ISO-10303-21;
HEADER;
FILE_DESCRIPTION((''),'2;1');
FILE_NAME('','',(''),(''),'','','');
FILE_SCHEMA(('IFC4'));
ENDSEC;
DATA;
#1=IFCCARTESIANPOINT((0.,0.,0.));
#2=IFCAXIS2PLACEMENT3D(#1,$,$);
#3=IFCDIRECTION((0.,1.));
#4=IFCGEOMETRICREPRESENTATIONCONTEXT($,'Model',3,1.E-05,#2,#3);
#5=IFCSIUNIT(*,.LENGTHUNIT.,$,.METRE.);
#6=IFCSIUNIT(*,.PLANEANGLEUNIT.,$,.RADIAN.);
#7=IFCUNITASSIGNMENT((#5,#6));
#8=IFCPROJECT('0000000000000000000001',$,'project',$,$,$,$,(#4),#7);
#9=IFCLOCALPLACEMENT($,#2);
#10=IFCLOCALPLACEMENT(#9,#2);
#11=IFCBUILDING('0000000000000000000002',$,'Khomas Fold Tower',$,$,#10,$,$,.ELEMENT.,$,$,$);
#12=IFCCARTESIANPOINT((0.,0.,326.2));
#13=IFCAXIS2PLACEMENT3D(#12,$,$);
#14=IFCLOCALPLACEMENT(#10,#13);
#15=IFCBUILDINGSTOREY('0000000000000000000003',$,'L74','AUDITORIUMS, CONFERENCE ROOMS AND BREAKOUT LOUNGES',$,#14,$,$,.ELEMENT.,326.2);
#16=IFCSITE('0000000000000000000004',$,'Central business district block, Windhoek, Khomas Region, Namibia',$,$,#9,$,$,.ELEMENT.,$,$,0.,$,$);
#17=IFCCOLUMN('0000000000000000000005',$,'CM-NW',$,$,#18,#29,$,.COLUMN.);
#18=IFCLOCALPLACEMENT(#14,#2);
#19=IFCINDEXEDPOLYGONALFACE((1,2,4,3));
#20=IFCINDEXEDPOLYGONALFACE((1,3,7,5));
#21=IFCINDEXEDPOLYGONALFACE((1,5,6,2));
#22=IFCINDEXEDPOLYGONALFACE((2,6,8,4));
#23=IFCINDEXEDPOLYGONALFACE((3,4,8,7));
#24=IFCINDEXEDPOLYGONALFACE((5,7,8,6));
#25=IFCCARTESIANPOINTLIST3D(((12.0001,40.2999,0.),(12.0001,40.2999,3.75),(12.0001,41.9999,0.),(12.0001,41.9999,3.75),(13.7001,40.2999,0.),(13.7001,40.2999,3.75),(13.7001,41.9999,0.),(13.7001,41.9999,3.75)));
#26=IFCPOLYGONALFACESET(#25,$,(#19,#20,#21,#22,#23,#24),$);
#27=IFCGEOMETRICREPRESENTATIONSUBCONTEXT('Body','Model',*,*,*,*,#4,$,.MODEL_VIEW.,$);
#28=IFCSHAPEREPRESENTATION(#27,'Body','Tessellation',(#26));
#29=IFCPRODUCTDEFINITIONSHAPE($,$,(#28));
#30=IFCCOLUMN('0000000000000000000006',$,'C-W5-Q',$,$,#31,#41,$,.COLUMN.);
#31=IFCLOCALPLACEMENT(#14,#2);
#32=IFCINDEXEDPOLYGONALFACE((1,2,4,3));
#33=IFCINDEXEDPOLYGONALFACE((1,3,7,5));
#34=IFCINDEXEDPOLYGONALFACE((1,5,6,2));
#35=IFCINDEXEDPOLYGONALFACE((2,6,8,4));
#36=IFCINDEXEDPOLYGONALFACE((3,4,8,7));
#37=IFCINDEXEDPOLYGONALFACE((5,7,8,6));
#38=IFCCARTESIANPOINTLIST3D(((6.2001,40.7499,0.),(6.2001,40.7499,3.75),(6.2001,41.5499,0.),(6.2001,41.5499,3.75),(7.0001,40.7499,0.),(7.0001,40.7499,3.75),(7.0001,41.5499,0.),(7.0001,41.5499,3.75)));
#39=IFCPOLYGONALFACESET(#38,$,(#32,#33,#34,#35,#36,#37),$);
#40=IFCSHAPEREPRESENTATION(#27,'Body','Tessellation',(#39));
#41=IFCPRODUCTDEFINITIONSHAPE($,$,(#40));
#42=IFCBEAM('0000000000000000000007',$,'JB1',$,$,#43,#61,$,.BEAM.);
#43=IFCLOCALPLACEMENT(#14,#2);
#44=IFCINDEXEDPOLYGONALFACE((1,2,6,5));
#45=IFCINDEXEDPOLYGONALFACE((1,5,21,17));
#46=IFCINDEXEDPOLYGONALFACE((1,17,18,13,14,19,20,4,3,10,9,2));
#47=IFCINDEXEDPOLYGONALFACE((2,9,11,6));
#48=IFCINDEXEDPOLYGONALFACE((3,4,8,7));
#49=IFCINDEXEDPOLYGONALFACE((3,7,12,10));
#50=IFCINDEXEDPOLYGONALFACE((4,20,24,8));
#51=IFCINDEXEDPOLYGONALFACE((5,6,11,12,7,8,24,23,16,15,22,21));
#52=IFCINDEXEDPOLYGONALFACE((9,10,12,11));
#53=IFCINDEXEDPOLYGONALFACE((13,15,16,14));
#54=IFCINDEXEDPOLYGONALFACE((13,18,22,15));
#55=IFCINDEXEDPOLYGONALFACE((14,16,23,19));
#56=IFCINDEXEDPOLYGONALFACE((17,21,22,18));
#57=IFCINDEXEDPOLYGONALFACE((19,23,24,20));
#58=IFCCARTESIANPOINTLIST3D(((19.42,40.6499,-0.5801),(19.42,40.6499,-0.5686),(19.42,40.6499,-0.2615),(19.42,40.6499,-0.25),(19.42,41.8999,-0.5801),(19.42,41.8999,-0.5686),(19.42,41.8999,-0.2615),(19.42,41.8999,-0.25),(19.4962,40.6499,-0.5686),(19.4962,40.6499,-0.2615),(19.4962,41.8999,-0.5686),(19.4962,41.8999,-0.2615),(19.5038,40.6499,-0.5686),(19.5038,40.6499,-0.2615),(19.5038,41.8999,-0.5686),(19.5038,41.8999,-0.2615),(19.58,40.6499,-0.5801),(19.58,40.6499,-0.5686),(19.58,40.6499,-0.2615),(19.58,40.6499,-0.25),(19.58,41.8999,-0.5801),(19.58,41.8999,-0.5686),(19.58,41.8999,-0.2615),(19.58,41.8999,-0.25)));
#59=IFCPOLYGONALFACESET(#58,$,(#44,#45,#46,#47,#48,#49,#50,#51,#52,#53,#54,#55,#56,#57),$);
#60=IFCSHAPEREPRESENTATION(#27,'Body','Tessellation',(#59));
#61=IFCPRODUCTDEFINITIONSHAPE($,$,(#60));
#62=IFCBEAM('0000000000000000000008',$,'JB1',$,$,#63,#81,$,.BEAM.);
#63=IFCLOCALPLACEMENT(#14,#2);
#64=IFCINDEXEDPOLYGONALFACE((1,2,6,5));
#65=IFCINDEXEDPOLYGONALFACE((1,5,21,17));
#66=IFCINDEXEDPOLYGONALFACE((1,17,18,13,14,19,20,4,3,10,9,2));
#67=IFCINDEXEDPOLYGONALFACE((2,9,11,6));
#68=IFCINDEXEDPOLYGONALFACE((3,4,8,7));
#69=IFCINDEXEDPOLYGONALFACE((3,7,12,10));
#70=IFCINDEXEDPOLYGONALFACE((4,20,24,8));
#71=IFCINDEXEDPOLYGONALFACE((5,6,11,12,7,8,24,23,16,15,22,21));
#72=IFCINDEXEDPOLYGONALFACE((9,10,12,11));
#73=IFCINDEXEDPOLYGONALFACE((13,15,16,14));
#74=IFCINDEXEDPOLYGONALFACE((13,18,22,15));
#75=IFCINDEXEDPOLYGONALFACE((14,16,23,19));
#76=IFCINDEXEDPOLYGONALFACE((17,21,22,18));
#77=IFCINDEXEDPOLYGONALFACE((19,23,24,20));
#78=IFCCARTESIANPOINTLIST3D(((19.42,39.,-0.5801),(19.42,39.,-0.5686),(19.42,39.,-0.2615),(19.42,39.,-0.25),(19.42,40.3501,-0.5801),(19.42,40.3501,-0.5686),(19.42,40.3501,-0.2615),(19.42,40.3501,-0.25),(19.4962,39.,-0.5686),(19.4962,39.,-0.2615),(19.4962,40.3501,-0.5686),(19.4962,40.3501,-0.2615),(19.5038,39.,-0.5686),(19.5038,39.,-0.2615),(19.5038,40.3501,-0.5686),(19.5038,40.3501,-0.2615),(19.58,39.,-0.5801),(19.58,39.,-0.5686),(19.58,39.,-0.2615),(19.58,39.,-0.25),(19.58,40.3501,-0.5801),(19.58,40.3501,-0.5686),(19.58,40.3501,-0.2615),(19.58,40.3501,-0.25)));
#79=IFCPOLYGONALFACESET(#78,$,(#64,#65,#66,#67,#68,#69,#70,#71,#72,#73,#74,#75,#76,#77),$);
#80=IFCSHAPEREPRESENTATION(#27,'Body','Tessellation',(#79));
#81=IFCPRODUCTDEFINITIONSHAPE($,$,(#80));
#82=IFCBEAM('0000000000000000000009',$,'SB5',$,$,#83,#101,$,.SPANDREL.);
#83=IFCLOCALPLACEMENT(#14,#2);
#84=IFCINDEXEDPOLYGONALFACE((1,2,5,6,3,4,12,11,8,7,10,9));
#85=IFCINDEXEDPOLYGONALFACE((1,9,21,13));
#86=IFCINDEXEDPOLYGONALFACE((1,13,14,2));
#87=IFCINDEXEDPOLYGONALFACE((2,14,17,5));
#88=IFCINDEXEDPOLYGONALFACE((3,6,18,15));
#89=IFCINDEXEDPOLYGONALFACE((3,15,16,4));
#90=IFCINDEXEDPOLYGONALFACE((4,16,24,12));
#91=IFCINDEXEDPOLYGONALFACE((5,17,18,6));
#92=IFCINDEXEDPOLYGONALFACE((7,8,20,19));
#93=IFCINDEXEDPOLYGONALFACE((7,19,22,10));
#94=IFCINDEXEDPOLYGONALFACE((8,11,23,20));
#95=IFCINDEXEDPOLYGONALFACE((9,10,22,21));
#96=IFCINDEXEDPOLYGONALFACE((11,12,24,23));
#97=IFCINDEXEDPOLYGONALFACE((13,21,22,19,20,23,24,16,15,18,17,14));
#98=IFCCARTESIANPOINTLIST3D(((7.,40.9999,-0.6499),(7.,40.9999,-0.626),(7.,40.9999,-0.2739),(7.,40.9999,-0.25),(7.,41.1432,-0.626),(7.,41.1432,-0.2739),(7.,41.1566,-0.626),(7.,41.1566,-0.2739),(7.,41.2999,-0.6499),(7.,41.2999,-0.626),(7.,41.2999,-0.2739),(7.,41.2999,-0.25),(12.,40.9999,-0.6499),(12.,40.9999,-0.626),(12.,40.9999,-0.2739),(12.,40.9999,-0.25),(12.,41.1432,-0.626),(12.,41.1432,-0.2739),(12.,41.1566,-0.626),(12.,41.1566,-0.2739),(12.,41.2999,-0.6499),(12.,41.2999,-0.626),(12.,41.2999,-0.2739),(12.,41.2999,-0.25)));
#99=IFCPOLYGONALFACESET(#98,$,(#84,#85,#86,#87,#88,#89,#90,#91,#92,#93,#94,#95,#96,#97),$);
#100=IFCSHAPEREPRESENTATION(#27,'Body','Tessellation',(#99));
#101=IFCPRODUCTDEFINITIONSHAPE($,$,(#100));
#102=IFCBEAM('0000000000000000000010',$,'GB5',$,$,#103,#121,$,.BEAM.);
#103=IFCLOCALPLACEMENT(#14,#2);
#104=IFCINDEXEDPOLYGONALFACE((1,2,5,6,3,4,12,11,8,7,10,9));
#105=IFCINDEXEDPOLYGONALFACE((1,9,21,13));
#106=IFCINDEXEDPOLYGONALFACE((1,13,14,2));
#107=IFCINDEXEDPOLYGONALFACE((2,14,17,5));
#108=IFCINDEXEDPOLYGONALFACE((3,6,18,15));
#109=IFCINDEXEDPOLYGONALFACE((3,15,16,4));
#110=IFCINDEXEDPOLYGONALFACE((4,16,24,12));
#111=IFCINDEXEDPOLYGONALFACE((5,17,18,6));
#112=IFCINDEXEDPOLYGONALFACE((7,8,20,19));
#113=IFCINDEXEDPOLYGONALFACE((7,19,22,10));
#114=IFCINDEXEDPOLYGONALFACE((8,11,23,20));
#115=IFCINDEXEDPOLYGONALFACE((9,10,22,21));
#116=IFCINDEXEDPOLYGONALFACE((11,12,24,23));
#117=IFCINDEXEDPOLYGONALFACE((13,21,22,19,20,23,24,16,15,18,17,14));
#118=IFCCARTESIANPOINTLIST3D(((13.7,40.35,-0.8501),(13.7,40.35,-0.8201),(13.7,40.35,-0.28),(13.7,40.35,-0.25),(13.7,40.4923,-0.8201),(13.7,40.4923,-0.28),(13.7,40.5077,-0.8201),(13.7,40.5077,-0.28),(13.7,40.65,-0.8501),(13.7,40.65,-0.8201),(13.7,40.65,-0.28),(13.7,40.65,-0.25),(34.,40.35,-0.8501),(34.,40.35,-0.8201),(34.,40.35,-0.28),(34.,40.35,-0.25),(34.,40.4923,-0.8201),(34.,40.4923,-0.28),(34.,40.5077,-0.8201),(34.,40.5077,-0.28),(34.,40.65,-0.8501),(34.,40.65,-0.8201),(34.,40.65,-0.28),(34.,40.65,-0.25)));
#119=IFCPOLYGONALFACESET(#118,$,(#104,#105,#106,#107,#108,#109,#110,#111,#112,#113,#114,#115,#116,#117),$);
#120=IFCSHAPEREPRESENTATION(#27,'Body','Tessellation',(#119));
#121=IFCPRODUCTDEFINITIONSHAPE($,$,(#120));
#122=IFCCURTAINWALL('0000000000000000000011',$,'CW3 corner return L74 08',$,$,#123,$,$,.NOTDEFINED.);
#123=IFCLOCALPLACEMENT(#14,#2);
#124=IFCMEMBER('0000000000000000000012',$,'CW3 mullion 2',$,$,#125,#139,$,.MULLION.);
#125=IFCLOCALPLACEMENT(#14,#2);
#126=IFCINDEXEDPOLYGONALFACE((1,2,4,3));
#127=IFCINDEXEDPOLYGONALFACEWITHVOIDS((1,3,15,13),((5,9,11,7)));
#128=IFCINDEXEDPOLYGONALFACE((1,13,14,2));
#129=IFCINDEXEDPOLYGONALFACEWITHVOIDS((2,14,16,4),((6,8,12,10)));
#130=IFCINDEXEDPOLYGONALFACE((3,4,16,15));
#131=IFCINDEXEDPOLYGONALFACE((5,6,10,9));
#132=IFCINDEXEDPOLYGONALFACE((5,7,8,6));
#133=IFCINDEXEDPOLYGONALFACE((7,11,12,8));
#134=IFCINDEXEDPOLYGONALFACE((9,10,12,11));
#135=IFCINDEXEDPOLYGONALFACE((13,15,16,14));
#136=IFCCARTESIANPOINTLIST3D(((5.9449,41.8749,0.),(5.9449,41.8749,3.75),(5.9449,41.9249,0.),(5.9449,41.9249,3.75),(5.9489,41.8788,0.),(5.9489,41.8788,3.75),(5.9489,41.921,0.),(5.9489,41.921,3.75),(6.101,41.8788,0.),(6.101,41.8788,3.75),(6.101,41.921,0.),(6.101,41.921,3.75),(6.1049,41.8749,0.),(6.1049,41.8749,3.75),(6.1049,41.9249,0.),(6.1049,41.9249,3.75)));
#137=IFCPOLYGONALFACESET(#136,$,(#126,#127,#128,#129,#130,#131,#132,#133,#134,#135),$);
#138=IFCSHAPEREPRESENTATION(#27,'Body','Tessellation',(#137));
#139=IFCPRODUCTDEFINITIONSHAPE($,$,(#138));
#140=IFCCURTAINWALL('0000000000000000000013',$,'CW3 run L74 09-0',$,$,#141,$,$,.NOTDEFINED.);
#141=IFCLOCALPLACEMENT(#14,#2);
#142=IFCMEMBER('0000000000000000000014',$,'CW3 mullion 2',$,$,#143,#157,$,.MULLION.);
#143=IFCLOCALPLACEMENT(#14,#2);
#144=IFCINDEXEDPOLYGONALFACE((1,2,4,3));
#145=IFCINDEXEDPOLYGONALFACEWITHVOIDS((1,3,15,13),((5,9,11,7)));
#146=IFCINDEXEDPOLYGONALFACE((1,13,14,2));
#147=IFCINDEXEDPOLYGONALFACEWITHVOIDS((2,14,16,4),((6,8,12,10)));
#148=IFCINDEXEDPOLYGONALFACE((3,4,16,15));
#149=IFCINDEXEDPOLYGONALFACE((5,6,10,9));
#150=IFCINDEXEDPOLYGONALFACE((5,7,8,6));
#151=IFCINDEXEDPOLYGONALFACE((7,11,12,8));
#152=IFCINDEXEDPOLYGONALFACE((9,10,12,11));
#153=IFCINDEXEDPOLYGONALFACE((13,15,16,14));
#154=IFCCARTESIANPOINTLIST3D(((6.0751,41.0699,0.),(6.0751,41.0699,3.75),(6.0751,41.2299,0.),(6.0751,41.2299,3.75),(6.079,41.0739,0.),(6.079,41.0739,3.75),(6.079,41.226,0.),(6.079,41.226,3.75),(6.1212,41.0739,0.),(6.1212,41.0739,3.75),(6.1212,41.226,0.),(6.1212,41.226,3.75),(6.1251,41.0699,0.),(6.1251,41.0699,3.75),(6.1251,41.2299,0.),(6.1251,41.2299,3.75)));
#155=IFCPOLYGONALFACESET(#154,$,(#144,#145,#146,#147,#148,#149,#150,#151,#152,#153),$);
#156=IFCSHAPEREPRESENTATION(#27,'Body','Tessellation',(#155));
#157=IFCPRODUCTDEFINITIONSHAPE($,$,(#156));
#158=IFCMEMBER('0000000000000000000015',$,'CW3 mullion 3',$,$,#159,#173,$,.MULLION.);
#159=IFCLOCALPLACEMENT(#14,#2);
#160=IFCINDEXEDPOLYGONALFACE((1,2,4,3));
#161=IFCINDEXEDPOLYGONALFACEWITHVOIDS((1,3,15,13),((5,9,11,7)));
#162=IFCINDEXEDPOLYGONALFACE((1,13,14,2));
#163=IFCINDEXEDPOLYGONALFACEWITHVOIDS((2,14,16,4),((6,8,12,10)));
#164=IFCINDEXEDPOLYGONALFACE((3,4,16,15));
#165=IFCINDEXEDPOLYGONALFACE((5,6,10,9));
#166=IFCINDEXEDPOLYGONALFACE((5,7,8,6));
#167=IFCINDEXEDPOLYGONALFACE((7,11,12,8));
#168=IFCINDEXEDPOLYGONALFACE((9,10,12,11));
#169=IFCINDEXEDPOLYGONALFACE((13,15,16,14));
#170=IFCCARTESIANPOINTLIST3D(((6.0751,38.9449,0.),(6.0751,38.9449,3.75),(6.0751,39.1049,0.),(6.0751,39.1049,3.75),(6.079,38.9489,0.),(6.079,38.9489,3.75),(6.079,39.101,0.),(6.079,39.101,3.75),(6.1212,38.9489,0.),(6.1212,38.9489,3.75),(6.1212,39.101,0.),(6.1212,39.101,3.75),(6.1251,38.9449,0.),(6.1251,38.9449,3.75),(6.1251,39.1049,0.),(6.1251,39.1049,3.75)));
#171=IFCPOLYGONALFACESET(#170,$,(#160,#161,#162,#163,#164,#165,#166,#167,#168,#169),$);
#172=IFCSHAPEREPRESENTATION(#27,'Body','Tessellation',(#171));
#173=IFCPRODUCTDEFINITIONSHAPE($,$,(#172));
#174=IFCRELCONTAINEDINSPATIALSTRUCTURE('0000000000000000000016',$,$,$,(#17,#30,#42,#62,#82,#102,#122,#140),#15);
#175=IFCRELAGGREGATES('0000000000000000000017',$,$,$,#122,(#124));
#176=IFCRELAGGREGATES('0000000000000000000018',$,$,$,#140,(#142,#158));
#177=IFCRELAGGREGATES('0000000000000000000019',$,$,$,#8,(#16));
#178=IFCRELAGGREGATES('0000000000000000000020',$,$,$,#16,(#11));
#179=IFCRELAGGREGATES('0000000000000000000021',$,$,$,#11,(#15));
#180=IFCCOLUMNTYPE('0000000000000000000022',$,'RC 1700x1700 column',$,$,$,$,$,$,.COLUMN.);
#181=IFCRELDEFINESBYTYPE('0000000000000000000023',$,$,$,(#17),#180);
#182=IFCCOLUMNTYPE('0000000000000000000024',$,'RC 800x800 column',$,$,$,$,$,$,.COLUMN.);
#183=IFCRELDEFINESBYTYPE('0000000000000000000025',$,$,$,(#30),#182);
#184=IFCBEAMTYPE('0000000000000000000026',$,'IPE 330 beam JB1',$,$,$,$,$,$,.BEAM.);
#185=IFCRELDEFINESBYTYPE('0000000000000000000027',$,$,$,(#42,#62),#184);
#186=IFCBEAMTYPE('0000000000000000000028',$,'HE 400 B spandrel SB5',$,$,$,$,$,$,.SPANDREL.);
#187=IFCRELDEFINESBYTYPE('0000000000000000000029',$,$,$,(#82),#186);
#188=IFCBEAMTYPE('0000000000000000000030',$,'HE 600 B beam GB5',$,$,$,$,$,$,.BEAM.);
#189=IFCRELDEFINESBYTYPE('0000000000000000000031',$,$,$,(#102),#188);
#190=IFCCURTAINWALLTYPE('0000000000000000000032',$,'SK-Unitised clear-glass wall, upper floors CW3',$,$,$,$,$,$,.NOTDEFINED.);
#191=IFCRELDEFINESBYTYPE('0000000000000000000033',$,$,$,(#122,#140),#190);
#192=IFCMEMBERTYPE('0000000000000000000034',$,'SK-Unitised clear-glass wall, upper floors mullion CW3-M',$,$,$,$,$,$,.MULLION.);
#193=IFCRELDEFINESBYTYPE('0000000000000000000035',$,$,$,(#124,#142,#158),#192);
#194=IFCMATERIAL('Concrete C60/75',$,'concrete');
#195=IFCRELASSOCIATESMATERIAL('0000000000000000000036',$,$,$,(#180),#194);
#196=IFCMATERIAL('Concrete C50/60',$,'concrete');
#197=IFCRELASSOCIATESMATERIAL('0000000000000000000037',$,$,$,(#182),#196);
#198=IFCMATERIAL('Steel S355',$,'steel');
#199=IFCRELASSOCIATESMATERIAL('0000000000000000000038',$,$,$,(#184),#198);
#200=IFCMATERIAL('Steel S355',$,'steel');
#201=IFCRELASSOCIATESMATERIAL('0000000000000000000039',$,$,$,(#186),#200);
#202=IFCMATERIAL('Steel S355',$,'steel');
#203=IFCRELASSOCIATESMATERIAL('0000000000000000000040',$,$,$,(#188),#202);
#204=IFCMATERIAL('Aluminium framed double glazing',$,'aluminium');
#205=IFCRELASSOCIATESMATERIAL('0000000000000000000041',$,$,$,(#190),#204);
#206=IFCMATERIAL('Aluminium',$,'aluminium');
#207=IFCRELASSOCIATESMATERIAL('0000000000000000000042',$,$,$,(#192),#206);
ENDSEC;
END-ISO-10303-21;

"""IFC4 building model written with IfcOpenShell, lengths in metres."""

from ifc_helpers import new_model, si_unit, direction, frame, origin, origin_2d, place, context, subcontext, project, spatial, rectangle, hollow_rectangle, i_section, extrude, source, transform, mapped, material, material_profile, profile_set, type_object, element, aggregate, save


model = new_model("IFC4")

# Units and contexts
model_context = context("Model", 3, precision=1e-05, world=origin(), true_north=direction((0.0, 1.0)))
body_context = subcontext(model_context, "Body", "Model", "MODEL_VIEW")
ifc_project = project(units=[si_unit("LENGTHUNIT", "METRE"), si_unit("PLANEANGLEUNIT", "RADIAN")], contexts=[model_context])

# Site, building, storey
site_placement = place(None, origin())
site = spatial("IfcSite", under=ifc_project, at=site_placement, Name="Central business district block, Windhoek, Khomas Region, Namibia", CompositionType="ELEMENT", RefElevation=0.0)
building_placement = place(site_placement, origin())
building = spatial("IfcBuilding", under=site, at=building_placement, Name="Khomas Fold Tower", CompositionType="ELEMENT")
storey_placement = place(building_placement, frame((0.0, 0.0, 326.2)))
storey = spatial("IfcBuildingStorey", under=building, at=storey_placement, Name="L74", Description="AUDITORIUMS, CONFERENCE ROOMS AND BREAKOUT LOUNGES", CompositionType="ELEMENT", Elevation=326.2)

# Columns
ifc_material_1 = material(Name="Concrete C60/75", Category="concrete")
ifc_material_profile_1 = material_profile(ifc_material_1, rectangle(XDim=1.7, YDim=1.7, at=origin_2d()), Name="RC 1700x1700")
ifc_profile_set_1 = profile_set([ifc_material_profile_1], Name="Concrete C60/75")
column_type_1 = type_object("IfcColumnType", Name="RC 1700x1700 column", PredefinedType="COLUMN", material=ifc_profile_set_1)
shared_shape_1 = source(origin(), body_context, "Body", "SweptSolid", [
    extrude(rectangle(XDim=1.7, YDim=1.7, at=origin_2d()), origin(), (0.0, 0.0, 1.0), 3.75),
])
column_1_placement = place(storey_placement, frame((12.8501, 41.1499, 0.0), z_axis=(0.0, 0.0, 1.0), x_axis=(1.0, 0.0, 0.0)))
element("IfcColumn", 1, at=column_1_placement, inside=storey, type_object=column_type_1, Name="CM-NW", PredefinedType="COLUMN", context=body_context, shape_type="MappedRepresentation", body=[
    mapped(shared_shape_1, transform((0.0, 0.0, 0.0))),
])
ifc_material_2 = material(Name="Concrete C50/60", Category="concrete")
ifc_material_profile_2 = material_profile(ifc_material_2, rectangle(XDim=0.8, YDim=0.8, at=origin_2d()), Name="RC 800x800")
ifc_profile_set_2 = profile_set([ifc_material_profile_2], Name="Concrete C50/60")
column_type_2 = type_object("IfcColumnType", Name="RC 800x800 column", PredefinedType="COLUMN", material=ifc_profile_set_2)
shared_shape_2 = source(origin(), body_context, "Body", "SweptSolid", [
    extrude(rectangle(XDim=0.8, YDim=0.8, at=origin_2d()), origin(), (0.0, 0.0, 1.0), 3.75),
])
column_2_placement = place(storey_placement, frame((6.6001, 41.1499, 0.0), z_axis=(0.0, 0.0, 1.0), x_axis=(1.0, 0.0, 0.0)))
element("IfcColumn", 2, at=column_2_placement, inside=storey, type_object=column_type_2, Name="C-W5-Q", PredefinedType="COLUMN", context=body_context, shape_type="MappedRepresentation", body=[
    mapped(shared_shape_2, transform((0.0, 0.0, 0.0))),
])

# Beams
ifc_material_3 = material(Name="Steel S355", Category="steel")
ifc_material_profile_3 = material_profile(ifc_material_3, i_section(OverallWidth=0.1599, OverallDepth=0.3301, WebThickness=0.0076, FlangeThickness=0.0115, at=origin_2d()), Name="IPE 330")
ifc_profile_set_3 = profile_set([ifc_material_profile_3], Name="Steel S355")
beam_type_1 = type_object("IfcBeamType", Name="IPE 330 beam JB1", PredefinedType="BEAM", material=ifc_profile_set_3)
shared_shape_3 = source(origin(), body_context, "Body", "SweptSolid", [
    extrude(i_section(OverallWidth=0.1599, OverallDepth=0.3301, WebThickness=0.0076, FlangeThickness=0.0115, at=origin_2d()), origin(), (0.0, 0.0, 1.0), 1.25),
])
beam_1_placement = place(storey_placement, frame((19.5, 40.6499, -0.415), z_axis=(0.0, 1.0, 0.0), x_axis=(-1.0, 0.0, 0.0)))
element("IfcBeam", 3, at=beam_1_placement, inside=storey, type_object=beam_type_1, Name="JB1", PredefinedType="BEAM", context=body_context, shape_type="MappedRepresentation", body=[
    mapped(shared_shape_3, transform((0.0, 0.0, 0.0))),
])
shared_shape_4 = source(origin(), body_context, "Body", "SweptSolid", [
    extrude(i_section(OverallWidth=0.1599, OverallDepth=0.3301, WebThickness=0.0076, FlangeThickness=0.0115, at=origin_2d()), origin(), (0.0, 0.0, 1.0), 1.3501),
])
beam_2_placement = place(storey_placement, frame((19.5, 39.0, -0.415), z_axis=(0.0, 1.0, 0.0), x_axis=(-1.0, 0.0, 0.0)))
element("IfcBeam", 4, at=beam_2_placement, inside=storey, type_object=beam_type_1, Name="JB1", PredefinedType="BEAM", context=body_context, shape_type="MappedRepresentation", body=[
    mapped(shared_shape_4, transform((0.0, 0.0, 0.0))),
])
ifc_material_4 = material(Name="Steel S355", Category="steel")
ifc_material_profile_4 = material_profile(ifc_material_4, i_section(OverallWidth=0.3, OverallDepth=0.3999, WebThickness=0.0134, FlangeThickness=0.0239, at=origin_2d()), Name="HE 400 B")
ifc_profile_set_4 = profile_set([ifc_material_profile_4], Name="Steel S355")
beam_type_2 = type_object("IfcBeamType", Name="HE 400 B spandrel SB5", PredefinedType="SPANDREL", material=ifc_profile_set_4)
shared_shape_5 = source(origin(), body_context, "Body", "SweptSolid", [
    extrude(i_section(OverallWidth=0.3, OverallDepth=0.3999, WebThickness=0.0134, FlangeThickness=0.0239, at=origin_2d()), origin(), (0.0, 0.0, 1.0), 5.0),
])
beam_3_placement = place(storey_placement, frame((7.0, 41.1499, -0.45), z_axis=(1.0, 0.0, 0.0), x_axis=(0.0, 1.0, 0.0)))
element("IfcBeam", 5, at=beam_3_placement, inside=storey, type_object=beam_type_2, Name="SB5", PredefinedType="SPANDREL", context=body_context, shape_type="MappedRepresentation", body=[
    mapped(shared_shape_5, transform((0.0, 0.0, 0.0))),
])
ifc_material_5 = material(Name="Steel S355", Category="steel")
ifc_material_profile_5 = material_profile(ifc_material_5, i_section(OverallWidth=0.3, OverallDepth=0.6001, WebThickness=0.0154, FlangeThickness=0.03, at=origin_2d()), Name="HE 600 B")
ifc_profile_set_5 = profile_set([ifc_material_profile_5], Name="Steel S355")
beam_type_3 = type_object("IfcBeamType", Name="HE 600 B beam GB5", PredefinedType="BEAM", material=ifc_profile_set_5)
shared_shape_6 = source(origin(), body_context, "Body", "SweptSolid", [
    extrude(i_section(OverallWidth=0.3, OverallDepth=0.6001, WebThickness=0.0154, FlangeThickness=0.03, at=origin_2d()), origin(), (0.0, 0.0, 1.0), 20.3),
])
beam_4_placement = place(storey_placement, frame((13.7, 40.5, -0.55), z_axis=(1.0, 0.0, 0.0), x_axis=(0.0, 1.0, 0.0)))
element("IfcBeam", 6, at=beam_4_placement, inside=storey, type_object=beam_type_3, Name="GB5", PredefinedType="BEAM", context=body_context, shape_type="MappedRepresentation", body=[
    mapped(shared_shape_6, transform((0.0, 0.0, 0.0))),
])

# Curtain wall, member
ifc_material_6 = material(Name="Aluminium framed double glazing", Category="aluminium")
curtain_wall_type = type_object("IfcCurtainWallType", Name="SK-Unitised clear-glass wall, upper floors CW3", PredefinedType="NOTDEFINED", material=ifc_material_6)
curtain_wall_1_placement = place(storey_placement, origin())
curtain_wall_1 = element("IfcCurtainWall", 7, at=curtain_wall_1_placement, inside=storey, type_object=curtain_wall_type, Name="CW3 corner return L74 08", PredefinedType="NOTDEFINED")
ifc_material_7 = material(Name="Aluminium", Category="aluminium")
ifc_material_profile_6 = material_profile(ifc_material_7, hollow_rectangle(XDim=0.05, YDim=0.1599, WallThickness=0.0039, at=origin_2d()), Name="SK-Unitised clear-glass wall, upper floors mullion CW3-M")
ifc_profile_set_6 = profile_set([ifc_material_profile_6], Name="Aluminium")
member_type_1 = type_object("IfcMemberType", Name="SK-Unitised clear-glass wall, upper floors mullion CW3-M", PredefinedType="MULLION", material=ifc_profile_set_6)
shared_shape_7 = source(origin(), body_context, "Body", "SweptSolid", [
    extrude(hollow_rectangle(XDim=0.05, YDim=0.1599, WallThickness=0.0039, at=origin_2d()), origin(), (0.0, 0.0, 1.0), 3.75),
])
member_1_placement = place(storey_placement, frame((6.0249, 41.8999, 0.0), z_axis=(0.0, 0.0, 1.0), x_axis=(0.0, -1.0, 0.0)))
member_1 = element("IfcMember", 8, at=member_1_placement, type_object=member_type_1, Name="CW3 mullion 2", PredefinedType="MULLION", context=body_context, shape_type="MappedRepresentation", body=[
    mapped(shared_shape_7, transform((0.0, 0.0, 0.0))),
])

# Curtain wall, members
curtain_wall_2_placement = place(storey_placement, origin())
curtain_wall_2 = element("IfcCurtainWall", 9, at=curtain_wall_2_placement, inside=storey, type_object=curtain_wall_type, Name="CW3 run L74 09-0", PredefinedType="NOTDEFINED")
member_2_placement = place(storey_placement, frame((6.1001, 41.1499, 0.0), z_axis=(0.0, 0.0, 1.0), x_axis=(1.0, 0.0, 0.0)))
member_2 = element("IfcMember", 10, at=member_2_placement, type_object=member_type_1, Name="CW3 mullion 2", PredefinedType="MULLION", context=body_context, shape_type="MappedRepresentation", body=[
    mapped(shared_shape_7, transform((0.0, 0.0, 0.0))),
])
member_3_placement = place(storey_placement, frame((6.1001, 39.0249, 0.0), z_axis=(0.0, 0.0, 1.0), x_axis=(1.0, 0.0, 0.0)))
member_3 = element("IfcMember", 11, at=member_3_placement, type_object=member_type_1, Name="CW3 mullion 3", PredefinedType="MULLION", context=body_context, shape_type="MappedRepresentation", body=[
    mapped(shared_shape_7, transform((0.0, 0.0, 0.0))),
])

aggregate(curtain_wall_1, [member_1])
aggregate(curtain_wall_2, [member_2, member_3])

save(model, "model.ifc")
